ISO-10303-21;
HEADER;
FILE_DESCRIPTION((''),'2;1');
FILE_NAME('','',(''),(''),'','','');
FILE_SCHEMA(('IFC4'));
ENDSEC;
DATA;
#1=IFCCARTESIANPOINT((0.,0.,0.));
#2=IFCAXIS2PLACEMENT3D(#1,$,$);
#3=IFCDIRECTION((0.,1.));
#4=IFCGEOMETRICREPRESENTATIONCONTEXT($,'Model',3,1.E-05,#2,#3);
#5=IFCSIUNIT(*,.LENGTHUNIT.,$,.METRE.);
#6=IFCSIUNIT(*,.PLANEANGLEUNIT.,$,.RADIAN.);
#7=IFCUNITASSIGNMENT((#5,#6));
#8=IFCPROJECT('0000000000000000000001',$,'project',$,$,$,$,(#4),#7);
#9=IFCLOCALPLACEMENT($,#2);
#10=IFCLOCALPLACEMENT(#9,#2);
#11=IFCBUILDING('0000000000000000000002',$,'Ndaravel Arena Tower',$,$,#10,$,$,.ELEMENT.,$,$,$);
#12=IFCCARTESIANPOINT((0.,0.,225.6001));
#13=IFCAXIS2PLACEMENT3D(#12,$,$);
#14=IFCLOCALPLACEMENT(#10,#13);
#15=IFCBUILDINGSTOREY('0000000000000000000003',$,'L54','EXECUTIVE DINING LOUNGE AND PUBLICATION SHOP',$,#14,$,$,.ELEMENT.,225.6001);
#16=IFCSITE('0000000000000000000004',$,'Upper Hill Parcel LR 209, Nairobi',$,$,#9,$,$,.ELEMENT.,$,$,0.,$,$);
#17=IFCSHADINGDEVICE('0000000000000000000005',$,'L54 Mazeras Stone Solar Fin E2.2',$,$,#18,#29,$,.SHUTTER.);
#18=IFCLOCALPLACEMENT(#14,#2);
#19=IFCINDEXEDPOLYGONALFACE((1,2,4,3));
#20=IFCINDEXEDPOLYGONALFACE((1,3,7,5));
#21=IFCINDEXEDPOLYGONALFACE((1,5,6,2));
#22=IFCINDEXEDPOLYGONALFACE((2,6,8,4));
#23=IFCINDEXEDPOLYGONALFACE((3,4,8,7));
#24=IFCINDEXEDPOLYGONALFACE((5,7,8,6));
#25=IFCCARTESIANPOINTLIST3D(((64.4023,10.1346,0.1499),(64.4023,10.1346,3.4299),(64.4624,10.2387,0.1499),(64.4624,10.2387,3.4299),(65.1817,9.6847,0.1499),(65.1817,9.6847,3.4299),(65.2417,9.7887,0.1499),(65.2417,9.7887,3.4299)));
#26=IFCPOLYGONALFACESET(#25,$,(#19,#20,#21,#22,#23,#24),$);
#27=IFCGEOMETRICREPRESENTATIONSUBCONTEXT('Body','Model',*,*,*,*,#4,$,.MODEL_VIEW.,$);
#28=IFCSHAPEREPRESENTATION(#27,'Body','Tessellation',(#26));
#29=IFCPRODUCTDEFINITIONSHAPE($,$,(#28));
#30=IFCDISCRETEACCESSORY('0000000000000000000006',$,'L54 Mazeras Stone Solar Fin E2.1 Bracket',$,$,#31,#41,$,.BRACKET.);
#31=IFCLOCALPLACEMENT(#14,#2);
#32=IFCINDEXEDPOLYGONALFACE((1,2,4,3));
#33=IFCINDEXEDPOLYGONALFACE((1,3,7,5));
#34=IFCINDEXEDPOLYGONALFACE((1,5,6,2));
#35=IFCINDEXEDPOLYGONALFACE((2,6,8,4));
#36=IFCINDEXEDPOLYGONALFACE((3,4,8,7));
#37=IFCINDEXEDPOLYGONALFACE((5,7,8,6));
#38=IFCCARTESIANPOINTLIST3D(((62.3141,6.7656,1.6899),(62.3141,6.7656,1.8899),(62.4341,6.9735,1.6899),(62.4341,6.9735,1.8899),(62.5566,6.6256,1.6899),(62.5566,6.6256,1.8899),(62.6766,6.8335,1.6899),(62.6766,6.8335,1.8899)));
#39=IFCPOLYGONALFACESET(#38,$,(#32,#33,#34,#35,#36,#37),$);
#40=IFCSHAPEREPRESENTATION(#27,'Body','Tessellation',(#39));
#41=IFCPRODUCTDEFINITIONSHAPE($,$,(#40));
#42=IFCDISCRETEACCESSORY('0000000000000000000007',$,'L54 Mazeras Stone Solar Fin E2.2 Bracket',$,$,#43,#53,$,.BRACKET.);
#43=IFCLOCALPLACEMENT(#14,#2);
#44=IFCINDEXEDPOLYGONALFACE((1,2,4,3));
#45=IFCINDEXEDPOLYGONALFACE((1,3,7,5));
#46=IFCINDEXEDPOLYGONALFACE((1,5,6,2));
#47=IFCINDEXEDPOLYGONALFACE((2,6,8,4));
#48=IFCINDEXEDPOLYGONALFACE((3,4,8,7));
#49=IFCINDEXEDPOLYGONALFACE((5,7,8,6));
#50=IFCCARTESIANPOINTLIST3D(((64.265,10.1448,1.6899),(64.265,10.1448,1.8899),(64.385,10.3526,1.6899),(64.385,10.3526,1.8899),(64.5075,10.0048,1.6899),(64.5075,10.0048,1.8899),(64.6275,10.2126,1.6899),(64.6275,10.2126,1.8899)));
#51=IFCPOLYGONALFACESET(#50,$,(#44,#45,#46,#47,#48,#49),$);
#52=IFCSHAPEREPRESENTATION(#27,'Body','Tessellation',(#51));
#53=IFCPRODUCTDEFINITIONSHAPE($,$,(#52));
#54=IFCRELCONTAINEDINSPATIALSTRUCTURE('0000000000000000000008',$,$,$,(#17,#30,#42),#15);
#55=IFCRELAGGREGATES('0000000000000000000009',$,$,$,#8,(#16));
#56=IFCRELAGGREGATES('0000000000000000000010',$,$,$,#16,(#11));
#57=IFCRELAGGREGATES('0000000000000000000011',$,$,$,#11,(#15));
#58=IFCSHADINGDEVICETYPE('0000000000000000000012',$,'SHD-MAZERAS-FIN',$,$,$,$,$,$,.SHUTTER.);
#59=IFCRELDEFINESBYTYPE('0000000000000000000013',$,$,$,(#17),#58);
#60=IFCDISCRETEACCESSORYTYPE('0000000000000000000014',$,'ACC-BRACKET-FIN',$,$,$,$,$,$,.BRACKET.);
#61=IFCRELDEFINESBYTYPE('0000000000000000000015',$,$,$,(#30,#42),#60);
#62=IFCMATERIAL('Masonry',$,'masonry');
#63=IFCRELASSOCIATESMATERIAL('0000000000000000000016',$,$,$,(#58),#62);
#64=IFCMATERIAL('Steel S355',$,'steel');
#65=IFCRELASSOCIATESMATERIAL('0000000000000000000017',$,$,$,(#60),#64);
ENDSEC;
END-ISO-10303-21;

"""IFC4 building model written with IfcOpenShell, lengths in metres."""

from ifc_helpers import new_model, si_unit, direction, frame, origin, origin_2d, place, context, subcontext, project, spatial, rectangle, extrude, material, type_object, element, save


model = new_model("IFC4")

# Units and contexts
model_context = context("Model", 3, precision=1e-05, world=origin(), true_north=direction((0.0, 1.0)))
body_context = subcontext(model_context, "Body", "Model", "MODEL_VIEW")
ifc_project = project(units=[si_unit("LENGTHUNIT", "METRE"), si_unit("PLANEANGLEUNIT", "RADIAN")], contexts=[model_context])

# Site, building, storey
site_placement = place(None, origin())
site = spatial("IfcSite", under=ifc_project, at=site_placement, Name="Upper Hill Parcel LR 209, Nairobi", CompositionType="ELEMENT", RefElevation=0.0)
building_placement = place(site_placement, origin())
building = spatial("IfcBuilding", under=site, at=building_placement, Name="Ndaravel Arena Tower", CompositionType="ELEMENT")
storey_placement = place(building_placement, frame((0.0, 0.0, 225.6001)))
storey = spatial("IfcBuildingStorey", under=building, at=storey_placement, Name="L54", Description="EXECUTIVE DINING LOUNGE AND PUBLICATION SHOP", CompositionType="ELEMENT", Elevation=225.6001)

# Shading device
ifc_material_1 = material(Name="Masonry", Category="masonry")
shading_device_type = type_object("IfcShadingDeviceType", Name="SHD-MAZERAS-FIN", PredefinedType="SHUTTER", material=ifc_material_1)
for number, where, z_axis, x_axis, name in (
    (1, (64.822, 9.9617, 0.1499), (0.0, 0.0, 1.0), (0.866025, -0.5, 0.0), "L54 Mazeras Stone Solar Fin E2.2"),
):
    element("IfcShadingDevice", number, at=place(storey_placement, frame(where, z_axis=z_axis, x_axis=x_axis)), inside=storey, type_object=shading_device_type, Name=name, PredefinedType="SHUTTER", context=body_context, shape_type="SweptSolid", body=[
        extrude(rectangle(XDim=0.8999, YDim=0.1201, at=origin_2d()), origin(), (0.0, 0.0, 1.0), 3.28),
    ])

# Discrete accessories
ifc_material_2 = material(Name="Steel S355", Category="steel")
discrete_accessory_type = type_object("IfcDiscreteAccessoryType", Name="ACC-BRACKET-FIN", PredefinedType="BRACKET", material=ifc_material_2)
for number, where, z_axis, x_axis, name in (
    (2, (62.4954, 6.7996, 1.6899), (0.0, 0.0, 1.0), (0.866025, -0.5, 0.0), "L54 Mazeras Stone Solar Fin E2.1 Bracket"),
    (3, (64.4463, 10.1787, 1.6899), (0.0, 0.0, 1.0), (0.866025, -0.5, 0.0), "L54 Mazeras Stone Solar Fin E2.2 Bracket"),
):
    element("IfcDiscreteAccessory", number, at=place(storey_placement, frame(where, z_axis=z_axis, x_axis=x_axis)), inside=storey, type_object=discrete_accessory_type, Name=name, PredefinedType="BRACKET", context=body_context, shape_type="SweptSolid", body=[
        extrude(rectangle(XDim=0.28, YDim=0.24, at=origin_2d()), origin(), (0.0, 0.0, 1.0), 0.2),
    ])

save(model, "model.ifc")
